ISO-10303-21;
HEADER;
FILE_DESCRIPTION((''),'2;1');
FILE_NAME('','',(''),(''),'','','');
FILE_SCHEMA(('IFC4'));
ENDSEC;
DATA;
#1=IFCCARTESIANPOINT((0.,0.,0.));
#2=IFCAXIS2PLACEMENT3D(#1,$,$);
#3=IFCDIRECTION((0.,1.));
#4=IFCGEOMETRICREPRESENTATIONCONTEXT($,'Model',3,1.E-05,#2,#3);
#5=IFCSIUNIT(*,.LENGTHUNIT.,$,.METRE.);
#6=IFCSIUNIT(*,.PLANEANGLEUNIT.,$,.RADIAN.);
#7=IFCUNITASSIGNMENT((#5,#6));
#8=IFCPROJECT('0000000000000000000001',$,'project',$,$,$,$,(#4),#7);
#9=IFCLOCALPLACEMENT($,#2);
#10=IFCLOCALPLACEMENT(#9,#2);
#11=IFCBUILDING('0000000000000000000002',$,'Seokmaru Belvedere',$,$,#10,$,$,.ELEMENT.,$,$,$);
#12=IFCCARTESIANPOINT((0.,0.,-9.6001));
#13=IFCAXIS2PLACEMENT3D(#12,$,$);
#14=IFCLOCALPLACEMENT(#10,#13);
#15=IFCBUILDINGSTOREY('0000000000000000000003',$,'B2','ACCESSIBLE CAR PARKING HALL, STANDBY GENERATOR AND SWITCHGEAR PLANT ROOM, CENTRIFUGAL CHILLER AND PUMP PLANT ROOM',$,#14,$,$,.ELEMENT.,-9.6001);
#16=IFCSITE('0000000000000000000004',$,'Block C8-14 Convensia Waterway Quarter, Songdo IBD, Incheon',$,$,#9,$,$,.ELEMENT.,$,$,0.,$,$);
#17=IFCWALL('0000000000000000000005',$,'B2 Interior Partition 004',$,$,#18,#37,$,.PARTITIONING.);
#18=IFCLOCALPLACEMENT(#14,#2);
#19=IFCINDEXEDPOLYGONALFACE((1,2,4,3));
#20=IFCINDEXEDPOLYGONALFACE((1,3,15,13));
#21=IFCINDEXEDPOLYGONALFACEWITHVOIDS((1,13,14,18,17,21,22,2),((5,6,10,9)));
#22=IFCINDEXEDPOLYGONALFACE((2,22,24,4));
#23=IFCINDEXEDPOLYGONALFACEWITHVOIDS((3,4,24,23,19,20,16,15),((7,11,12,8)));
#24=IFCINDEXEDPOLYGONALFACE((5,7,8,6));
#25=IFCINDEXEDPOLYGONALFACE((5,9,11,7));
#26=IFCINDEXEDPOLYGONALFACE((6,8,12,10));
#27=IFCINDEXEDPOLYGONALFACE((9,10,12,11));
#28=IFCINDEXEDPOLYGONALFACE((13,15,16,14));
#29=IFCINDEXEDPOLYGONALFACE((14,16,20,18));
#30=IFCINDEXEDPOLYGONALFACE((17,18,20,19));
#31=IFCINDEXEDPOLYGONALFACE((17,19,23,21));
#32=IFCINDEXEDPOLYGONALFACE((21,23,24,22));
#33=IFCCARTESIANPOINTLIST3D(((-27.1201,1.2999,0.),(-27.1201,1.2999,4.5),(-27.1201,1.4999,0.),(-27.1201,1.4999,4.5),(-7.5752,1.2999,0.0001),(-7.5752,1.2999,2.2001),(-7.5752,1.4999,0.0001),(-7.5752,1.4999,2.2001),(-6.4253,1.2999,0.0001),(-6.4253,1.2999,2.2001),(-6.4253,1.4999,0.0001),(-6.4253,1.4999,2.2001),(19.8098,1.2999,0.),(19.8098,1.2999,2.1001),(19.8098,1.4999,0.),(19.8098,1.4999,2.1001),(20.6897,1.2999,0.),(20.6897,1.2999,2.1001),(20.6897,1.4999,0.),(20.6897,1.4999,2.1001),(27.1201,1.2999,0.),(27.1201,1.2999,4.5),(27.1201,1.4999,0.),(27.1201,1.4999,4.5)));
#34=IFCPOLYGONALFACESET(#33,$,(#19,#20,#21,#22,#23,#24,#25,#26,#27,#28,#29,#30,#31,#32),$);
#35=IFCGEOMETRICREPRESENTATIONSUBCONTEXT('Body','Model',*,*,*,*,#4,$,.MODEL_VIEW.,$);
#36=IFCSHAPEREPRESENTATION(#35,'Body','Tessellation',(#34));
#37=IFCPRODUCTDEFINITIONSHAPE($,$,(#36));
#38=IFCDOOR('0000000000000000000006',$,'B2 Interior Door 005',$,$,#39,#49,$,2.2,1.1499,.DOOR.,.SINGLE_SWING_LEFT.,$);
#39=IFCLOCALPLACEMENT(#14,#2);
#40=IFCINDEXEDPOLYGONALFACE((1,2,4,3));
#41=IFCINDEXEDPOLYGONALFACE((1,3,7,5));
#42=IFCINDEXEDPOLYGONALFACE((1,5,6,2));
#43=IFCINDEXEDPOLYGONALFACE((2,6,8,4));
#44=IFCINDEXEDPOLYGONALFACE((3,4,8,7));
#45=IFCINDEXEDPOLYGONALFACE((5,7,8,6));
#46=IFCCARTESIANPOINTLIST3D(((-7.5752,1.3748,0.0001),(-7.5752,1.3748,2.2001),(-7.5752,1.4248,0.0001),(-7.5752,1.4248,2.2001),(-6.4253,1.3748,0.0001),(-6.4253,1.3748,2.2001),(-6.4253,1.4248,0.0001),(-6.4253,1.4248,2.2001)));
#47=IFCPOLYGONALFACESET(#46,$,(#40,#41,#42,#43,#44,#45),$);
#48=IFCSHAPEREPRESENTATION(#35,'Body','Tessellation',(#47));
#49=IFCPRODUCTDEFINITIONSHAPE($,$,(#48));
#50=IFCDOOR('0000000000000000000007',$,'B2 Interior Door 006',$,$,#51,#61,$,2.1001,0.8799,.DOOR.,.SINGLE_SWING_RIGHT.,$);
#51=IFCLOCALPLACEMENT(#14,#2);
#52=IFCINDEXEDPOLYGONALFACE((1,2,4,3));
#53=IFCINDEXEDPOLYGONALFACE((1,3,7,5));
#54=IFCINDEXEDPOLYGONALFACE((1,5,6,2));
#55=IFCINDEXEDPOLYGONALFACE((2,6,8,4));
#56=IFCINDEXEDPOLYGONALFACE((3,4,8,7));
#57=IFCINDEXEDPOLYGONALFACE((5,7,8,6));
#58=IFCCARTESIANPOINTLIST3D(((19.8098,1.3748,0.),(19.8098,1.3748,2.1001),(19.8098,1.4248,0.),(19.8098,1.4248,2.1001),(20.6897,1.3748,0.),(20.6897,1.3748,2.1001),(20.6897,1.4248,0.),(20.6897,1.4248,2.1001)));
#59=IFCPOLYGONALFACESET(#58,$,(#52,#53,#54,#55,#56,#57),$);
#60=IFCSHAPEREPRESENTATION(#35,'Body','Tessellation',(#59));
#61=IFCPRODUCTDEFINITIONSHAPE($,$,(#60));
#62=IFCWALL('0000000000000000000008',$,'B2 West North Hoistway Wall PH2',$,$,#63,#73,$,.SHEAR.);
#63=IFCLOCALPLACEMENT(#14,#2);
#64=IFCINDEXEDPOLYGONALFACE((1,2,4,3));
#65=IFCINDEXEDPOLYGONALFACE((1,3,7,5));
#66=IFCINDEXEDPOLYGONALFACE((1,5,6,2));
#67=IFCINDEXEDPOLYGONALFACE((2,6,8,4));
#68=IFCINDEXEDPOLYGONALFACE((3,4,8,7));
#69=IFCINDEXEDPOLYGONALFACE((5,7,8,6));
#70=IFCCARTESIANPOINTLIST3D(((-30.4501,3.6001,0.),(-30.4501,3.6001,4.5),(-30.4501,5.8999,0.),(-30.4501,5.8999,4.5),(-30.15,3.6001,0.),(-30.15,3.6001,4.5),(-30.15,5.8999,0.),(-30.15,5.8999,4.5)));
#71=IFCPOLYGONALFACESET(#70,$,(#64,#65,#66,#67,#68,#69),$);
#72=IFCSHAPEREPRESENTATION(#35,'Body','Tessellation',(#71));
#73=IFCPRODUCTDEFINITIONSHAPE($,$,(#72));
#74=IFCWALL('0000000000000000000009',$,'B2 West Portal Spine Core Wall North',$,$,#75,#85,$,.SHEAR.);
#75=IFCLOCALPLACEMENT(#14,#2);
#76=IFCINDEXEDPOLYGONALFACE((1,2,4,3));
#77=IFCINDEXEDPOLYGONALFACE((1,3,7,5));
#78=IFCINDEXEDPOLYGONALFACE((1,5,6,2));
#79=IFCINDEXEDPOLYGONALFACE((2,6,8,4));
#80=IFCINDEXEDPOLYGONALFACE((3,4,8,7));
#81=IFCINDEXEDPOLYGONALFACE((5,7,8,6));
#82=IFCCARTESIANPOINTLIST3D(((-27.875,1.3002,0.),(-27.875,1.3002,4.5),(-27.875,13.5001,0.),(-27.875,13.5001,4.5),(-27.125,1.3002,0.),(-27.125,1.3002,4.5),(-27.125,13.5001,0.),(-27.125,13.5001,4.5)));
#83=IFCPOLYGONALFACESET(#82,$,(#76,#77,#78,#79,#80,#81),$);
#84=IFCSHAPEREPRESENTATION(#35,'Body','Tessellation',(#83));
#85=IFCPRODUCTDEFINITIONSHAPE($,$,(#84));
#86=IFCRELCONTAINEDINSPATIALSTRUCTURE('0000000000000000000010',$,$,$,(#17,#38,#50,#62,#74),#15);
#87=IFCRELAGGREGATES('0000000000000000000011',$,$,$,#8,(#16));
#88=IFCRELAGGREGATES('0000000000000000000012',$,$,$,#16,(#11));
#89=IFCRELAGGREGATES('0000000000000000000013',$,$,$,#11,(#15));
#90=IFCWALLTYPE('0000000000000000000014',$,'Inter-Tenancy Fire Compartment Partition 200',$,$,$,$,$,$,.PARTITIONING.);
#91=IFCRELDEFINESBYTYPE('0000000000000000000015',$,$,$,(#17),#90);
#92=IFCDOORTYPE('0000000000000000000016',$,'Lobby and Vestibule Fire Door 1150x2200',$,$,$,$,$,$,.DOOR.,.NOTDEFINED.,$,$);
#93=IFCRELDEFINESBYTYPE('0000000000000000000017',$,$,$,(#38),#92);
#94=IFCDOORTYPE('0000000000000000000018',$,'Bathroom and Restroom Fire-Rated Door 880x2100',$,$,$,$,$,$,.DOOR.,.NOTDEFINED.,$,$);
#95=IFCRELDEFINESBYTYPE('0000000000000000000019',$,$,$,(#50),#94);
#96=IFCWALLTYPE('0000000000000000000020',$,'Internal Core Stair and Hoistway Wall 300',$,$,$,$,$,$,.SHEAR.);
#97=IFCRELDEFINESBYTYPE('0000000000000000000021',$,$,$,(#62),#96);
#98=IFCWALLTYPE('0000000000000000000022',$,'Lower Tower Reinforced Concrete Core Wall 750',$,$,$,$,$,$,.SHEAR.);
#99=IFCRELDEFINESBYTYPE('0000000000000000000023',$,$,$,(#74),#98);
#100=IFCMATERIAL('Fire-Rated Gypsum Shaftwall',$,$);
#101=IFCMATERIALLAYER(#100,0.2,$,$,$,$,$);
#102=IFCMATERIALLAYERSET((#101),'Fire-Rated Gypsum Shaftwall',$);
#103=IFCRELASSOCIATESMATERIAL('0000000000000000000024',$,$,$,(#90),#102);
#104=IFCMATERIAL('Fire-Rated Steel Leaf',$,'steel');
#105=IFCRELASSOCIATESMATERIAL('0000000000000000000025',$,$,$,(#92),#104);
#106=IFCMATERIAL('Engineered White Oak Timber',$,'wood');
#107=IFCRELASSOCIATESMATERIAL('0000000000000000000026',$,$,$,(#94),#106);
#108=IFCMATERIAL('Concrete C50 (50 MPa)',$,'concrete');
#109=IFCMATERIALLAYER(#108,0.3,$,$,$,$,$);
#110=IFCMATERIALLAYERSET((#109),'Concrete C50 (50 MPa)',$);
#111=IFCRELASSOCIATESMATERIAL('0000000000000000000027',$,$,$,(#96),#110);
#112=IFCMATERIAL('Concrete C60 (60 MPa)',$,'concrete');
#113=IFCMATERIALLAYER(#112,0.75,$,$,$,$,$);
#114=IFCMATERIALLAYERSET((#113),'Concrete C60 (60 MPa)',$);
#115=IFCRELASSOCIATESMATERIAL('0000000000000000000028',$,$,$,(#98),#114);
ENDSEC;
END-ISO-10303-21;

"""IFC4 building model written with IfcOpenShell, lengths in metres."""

from ifc_helpers import new_model, si_unit, direction, frame, frame_2d, origin, place, context, subcontext, project, spatial, rectangle, extrude, source, transform, mapped, material, layer, layer_set, type_object, type_shapes, element, fill, save


model = new_model("IFC4")

# Units and contexts
model_context = context("Model", 3, precision=1e-05, world=origin(), true_north=direction((0.0, 1.0)))
body_context = subcontext(model_context, "Body", "Model", "MODEL_VIEW")
ifc_project = project(units=[si_unit("LENGTHUNIT", "METRE"), si_unit("PLANEANGLEUNIT", "RADIAN")], contexts=[model_context])

# Site, building, storey
site_placement = place(None, origin())
site = spatial("IfcSite", under=ifc_project, at=site_placement, Name="Block C8-14 Convensia Waterway Quarter, Songdo IBD, Incheon", CompositionType="ELEMENT", RefElevation=0.0)
building_placement = place(site_placement, origin())
building = spatial("IfcBuilding", under=site, at=building_placement, Name="Seokmaru Belvedere", CompositionType="ELEMENT")
storey_placement = place(building_placement, frame((0.0, 0.0, -9.6001)))
storey = spatial("IfcBuildingStorey", under=building, at=storey_placement, Name="B2", Description="ACCESSIBLE CAR PARKING HALL, STANDBY GENERATOR AND SWITCHGEAR PLANT ROOM, CENTRIFUGAL CHILLER AND PUMP PLANT ROOM", CompositionType="ELEMENT", Elevation=-9.6001)

# Shared definitions
ifc_material_1 = material(Name="Concrete C50 (50 MPa)", Category="concrete")

# Wall, openings, doors
ifc_material_2 = material(Name="Fire-Rated Gypsum Shaftwall")
ifc_layer_1 = layer(ifc_material_2, 0.2)
ifc_layer_set_1 = layer_set([ifc_layer_1], Name="Fire-Rated Gypsum Shaftwall")
wall_type_1 = type_object("IfcWallType", Name="Inter-Tenancy Fire Compartment Partition 200", PredefinedType="PARTITIONING", material=ifc_layer_set_1)
wall_1_placement = place(storey_placement, frame((-27.1201, 1.3999, 0.0), z_axis=(0.0, 0.0, 1.0), x_axis=(1.0, 0.0, 0.0)))
wall_1 = element("IfcWall", 1, at=wall_1_placement, inside=storey, type_object=wall_type_1, Name="B2 Interior Partition 004", PredefinedType="PARTITIONING", context=body_context, shape_type="SweptSolid", body=[
    extrude(rectangle(XDim=54.2402, YDim=0.2, at=frame_2d((27.1201, 0.0))), origin(), (0.0, 0.0, 1.0), 4.5),
])
opening_1_placement = place(wall_1_placement, frame((19.5449, 0.0, 0.0)))
opening_1 = element("IfcOpeningElement", 2, at=opening_1_placement, cuts=wall_1, PredefinedType="OPENING", context=body_context, shape_type="SweptSolid", body=[
    extrude(rectangle(XDim=1.1499, YDim=2.2, at=frame_2d((0.575, 1.1001))), frame((0.0, 0.1099, 0.0), z_axis=(0.0, -1.0, 0.0), x_axis=(1.0, 0.0, 0.0)), (0.0, 0.0, 1.0), 0.22),
])
opening_2_placement = place(wall_1_placement, frame((46.9299, 0.0, 0.0)))
opening_2 = element("IfcOpeningElement", 3, at=opening_2_placement, cuts=wall_1, PredefinedType="OPENING", context=body_context, shape_type="SweptSolid", body=[
    extrude(rectangle(XDim=0.8799, YDim=2.1001, at=frame_2d((0.4399, 1.05))), frame((0.0, 0.1099, 0.0), z_axis=(0.0, -1.0, 0.0), x_axis=(1.0, 0.0, 0.0)), (0.0, 0.0, 1.0), 0.22),
])
ifc_material_3 = material(Name="Fire-Rated Steel Leaf", Category="steel")
door_type_1 = type_object("IfcDoorType", Name="Lobby and Vestibule Fire Door 1150x2200", OperationType="NOTDEFINED", PredefinedType="DOOR", material=ifc_material_3)
shared_shape_1 = source(origin(), body_context, "Body", "SweptSolid", [
    extrude(rectangle(XDim=1.1499, YDim=2.2, at=frame_2d((0.575, 1.1001))), frame((0.0, 0.0249, 0.0), z_axis=(0.0, -1.0, 0.0), x_axis=(1.0, 0.0, 0.0)), (0.0, 0.0, 1.0), 0.05),
])
type_shapes(door_type_1, [shared_shape_1])
door_1_placement = place(opening_1_placement, origin())
door_1 = element("IfcDoor", 4, at=door_1_placement, inside=storey, type_object=door_type_1, Name="B2 Interior Door 005", OperationType="SINGLE_SWING_LEFT", OverallHeight=2.2, OverallWidth=1.1499, PredefinedType="DOOR", context=body_context, shape_type="MappedRepresentation", body=[
    mapped(shared_shape_1, transform((0.0, 0.0, 0.0), scale=1.0)),
])
fill(opening_1, door_1)
ifc_material_4 = material(Name="Engineered White Oak Timber", Category="wood")
door_type_2 = type_object("IfcDoorType", Name="Bathroom and Restroom Fire-Rated Door 880x2100", OperationType="NOTDEFINED", PredefinedType="DOOR", material=ifc_material_4)
shared_shape_2 = source(origin(), body_context, "Body", "SweptSolid", [
    extrude(rectangle(XDim=0.8799, YDim=2.1001, at=frame_2d((0.4399, 1.05))), frame((0.0, 0.0249, 0.0), z_axis=(0.0, -1.0, 0.0), x_axis=(1.0, 0.0, 0.0)), (0.0, 0.0, 1.0), 0.05),
])
type_shapes(door_type_2, [shared_shape_2])
door_2_placement = place(opening_2_placement, origin())
door_2 = element("IfcDoor", 5, at=door_2_placement, inside=storey, type_object=door_type_2, Name="B2 Interior Door 006", OperationType="SINGLE_SWING_RIGHT", OverallHeight=2.1001, OverallWidth=0.8799, PredefinedType="DOOR", context=body_context, shape_type="MappedRepresentation", body=[
    mapped(shared_shape_2, transform((0.0, 0.0, 0.0), scale=1.0)),
])
fill(opening_2, door_2)

# Shared definitions
ifc_layer_2 = layer(ifc_material_1, 0.3)
ifc_layer_set_2 = layer_set([ifc_layer_2], Name="Concrete C50 (50 MPa)")
wall_type_2 = type_object("IfcWallType", Name="Internal Core Stair and Hoistway Wall 300", PredefinedType="SHEAR", material=ifc_layer_set_2)

# Wall
wall_2_placement = place(storey_placement, frame((-30.3, 3.6001, 0.0), z_axis=(0.0, 0.0, 1.0), x_axis=(0.0, 1.0, 0.0)))
element("IfcWall", 6, at=wall_2_placement, inside=storey, type_object=wall_type_2, Name="B2 West North Hoistway Wall PH2", PredefinedType="SHEAR", context=body_context, shape_type="SweptSolid", body=[
    extrude(rectangle(XDim=2.2998, YDim=0.3, at=frame_2d((1.1499, 0.0))), origin(), (0.0, 0.0, 1.0), 4.5),
])

# Wall
ifc_material_5 = material(Name="Concrete C60 (60 MPa)", Category="concrete")
ifc_layer_3 = layer(ifc_material_5, 0.75)
ifc_layer_set_3 = layer_set([ifc_layer_3], Name="Concrete C60 (60 MPa)")
wall_type_3 = type_object("IfcWallType", Name="Lower Tower Reinforced Concrete Core Wall 750", PredefinedType="SHEAR", material=ifc_layer_set_3)
wall_3_placement = place(storey_placement, frame((-27.5, 1.3, 0.0), z_axis=(0.0, 0.0, 1.0), x_axis=(0.0, 1.0, 0.0)))
element("IfcWall", 7, at=wall_3_placement, inside=storey, type_object=wall_type_3, Name="B2 West Portal Spine Core Wall North", PredefinedType="SHEAR", context=body_context, shape_type="SweptSolid", body=[
    extrude(rectangle(XDim=12.2, YDim=0.75, at=frame_2d((6.1001, 0.0))), origin(), (0.0, 0.0, 1.0), 4.5),
])

save(model, "model.ifc")
